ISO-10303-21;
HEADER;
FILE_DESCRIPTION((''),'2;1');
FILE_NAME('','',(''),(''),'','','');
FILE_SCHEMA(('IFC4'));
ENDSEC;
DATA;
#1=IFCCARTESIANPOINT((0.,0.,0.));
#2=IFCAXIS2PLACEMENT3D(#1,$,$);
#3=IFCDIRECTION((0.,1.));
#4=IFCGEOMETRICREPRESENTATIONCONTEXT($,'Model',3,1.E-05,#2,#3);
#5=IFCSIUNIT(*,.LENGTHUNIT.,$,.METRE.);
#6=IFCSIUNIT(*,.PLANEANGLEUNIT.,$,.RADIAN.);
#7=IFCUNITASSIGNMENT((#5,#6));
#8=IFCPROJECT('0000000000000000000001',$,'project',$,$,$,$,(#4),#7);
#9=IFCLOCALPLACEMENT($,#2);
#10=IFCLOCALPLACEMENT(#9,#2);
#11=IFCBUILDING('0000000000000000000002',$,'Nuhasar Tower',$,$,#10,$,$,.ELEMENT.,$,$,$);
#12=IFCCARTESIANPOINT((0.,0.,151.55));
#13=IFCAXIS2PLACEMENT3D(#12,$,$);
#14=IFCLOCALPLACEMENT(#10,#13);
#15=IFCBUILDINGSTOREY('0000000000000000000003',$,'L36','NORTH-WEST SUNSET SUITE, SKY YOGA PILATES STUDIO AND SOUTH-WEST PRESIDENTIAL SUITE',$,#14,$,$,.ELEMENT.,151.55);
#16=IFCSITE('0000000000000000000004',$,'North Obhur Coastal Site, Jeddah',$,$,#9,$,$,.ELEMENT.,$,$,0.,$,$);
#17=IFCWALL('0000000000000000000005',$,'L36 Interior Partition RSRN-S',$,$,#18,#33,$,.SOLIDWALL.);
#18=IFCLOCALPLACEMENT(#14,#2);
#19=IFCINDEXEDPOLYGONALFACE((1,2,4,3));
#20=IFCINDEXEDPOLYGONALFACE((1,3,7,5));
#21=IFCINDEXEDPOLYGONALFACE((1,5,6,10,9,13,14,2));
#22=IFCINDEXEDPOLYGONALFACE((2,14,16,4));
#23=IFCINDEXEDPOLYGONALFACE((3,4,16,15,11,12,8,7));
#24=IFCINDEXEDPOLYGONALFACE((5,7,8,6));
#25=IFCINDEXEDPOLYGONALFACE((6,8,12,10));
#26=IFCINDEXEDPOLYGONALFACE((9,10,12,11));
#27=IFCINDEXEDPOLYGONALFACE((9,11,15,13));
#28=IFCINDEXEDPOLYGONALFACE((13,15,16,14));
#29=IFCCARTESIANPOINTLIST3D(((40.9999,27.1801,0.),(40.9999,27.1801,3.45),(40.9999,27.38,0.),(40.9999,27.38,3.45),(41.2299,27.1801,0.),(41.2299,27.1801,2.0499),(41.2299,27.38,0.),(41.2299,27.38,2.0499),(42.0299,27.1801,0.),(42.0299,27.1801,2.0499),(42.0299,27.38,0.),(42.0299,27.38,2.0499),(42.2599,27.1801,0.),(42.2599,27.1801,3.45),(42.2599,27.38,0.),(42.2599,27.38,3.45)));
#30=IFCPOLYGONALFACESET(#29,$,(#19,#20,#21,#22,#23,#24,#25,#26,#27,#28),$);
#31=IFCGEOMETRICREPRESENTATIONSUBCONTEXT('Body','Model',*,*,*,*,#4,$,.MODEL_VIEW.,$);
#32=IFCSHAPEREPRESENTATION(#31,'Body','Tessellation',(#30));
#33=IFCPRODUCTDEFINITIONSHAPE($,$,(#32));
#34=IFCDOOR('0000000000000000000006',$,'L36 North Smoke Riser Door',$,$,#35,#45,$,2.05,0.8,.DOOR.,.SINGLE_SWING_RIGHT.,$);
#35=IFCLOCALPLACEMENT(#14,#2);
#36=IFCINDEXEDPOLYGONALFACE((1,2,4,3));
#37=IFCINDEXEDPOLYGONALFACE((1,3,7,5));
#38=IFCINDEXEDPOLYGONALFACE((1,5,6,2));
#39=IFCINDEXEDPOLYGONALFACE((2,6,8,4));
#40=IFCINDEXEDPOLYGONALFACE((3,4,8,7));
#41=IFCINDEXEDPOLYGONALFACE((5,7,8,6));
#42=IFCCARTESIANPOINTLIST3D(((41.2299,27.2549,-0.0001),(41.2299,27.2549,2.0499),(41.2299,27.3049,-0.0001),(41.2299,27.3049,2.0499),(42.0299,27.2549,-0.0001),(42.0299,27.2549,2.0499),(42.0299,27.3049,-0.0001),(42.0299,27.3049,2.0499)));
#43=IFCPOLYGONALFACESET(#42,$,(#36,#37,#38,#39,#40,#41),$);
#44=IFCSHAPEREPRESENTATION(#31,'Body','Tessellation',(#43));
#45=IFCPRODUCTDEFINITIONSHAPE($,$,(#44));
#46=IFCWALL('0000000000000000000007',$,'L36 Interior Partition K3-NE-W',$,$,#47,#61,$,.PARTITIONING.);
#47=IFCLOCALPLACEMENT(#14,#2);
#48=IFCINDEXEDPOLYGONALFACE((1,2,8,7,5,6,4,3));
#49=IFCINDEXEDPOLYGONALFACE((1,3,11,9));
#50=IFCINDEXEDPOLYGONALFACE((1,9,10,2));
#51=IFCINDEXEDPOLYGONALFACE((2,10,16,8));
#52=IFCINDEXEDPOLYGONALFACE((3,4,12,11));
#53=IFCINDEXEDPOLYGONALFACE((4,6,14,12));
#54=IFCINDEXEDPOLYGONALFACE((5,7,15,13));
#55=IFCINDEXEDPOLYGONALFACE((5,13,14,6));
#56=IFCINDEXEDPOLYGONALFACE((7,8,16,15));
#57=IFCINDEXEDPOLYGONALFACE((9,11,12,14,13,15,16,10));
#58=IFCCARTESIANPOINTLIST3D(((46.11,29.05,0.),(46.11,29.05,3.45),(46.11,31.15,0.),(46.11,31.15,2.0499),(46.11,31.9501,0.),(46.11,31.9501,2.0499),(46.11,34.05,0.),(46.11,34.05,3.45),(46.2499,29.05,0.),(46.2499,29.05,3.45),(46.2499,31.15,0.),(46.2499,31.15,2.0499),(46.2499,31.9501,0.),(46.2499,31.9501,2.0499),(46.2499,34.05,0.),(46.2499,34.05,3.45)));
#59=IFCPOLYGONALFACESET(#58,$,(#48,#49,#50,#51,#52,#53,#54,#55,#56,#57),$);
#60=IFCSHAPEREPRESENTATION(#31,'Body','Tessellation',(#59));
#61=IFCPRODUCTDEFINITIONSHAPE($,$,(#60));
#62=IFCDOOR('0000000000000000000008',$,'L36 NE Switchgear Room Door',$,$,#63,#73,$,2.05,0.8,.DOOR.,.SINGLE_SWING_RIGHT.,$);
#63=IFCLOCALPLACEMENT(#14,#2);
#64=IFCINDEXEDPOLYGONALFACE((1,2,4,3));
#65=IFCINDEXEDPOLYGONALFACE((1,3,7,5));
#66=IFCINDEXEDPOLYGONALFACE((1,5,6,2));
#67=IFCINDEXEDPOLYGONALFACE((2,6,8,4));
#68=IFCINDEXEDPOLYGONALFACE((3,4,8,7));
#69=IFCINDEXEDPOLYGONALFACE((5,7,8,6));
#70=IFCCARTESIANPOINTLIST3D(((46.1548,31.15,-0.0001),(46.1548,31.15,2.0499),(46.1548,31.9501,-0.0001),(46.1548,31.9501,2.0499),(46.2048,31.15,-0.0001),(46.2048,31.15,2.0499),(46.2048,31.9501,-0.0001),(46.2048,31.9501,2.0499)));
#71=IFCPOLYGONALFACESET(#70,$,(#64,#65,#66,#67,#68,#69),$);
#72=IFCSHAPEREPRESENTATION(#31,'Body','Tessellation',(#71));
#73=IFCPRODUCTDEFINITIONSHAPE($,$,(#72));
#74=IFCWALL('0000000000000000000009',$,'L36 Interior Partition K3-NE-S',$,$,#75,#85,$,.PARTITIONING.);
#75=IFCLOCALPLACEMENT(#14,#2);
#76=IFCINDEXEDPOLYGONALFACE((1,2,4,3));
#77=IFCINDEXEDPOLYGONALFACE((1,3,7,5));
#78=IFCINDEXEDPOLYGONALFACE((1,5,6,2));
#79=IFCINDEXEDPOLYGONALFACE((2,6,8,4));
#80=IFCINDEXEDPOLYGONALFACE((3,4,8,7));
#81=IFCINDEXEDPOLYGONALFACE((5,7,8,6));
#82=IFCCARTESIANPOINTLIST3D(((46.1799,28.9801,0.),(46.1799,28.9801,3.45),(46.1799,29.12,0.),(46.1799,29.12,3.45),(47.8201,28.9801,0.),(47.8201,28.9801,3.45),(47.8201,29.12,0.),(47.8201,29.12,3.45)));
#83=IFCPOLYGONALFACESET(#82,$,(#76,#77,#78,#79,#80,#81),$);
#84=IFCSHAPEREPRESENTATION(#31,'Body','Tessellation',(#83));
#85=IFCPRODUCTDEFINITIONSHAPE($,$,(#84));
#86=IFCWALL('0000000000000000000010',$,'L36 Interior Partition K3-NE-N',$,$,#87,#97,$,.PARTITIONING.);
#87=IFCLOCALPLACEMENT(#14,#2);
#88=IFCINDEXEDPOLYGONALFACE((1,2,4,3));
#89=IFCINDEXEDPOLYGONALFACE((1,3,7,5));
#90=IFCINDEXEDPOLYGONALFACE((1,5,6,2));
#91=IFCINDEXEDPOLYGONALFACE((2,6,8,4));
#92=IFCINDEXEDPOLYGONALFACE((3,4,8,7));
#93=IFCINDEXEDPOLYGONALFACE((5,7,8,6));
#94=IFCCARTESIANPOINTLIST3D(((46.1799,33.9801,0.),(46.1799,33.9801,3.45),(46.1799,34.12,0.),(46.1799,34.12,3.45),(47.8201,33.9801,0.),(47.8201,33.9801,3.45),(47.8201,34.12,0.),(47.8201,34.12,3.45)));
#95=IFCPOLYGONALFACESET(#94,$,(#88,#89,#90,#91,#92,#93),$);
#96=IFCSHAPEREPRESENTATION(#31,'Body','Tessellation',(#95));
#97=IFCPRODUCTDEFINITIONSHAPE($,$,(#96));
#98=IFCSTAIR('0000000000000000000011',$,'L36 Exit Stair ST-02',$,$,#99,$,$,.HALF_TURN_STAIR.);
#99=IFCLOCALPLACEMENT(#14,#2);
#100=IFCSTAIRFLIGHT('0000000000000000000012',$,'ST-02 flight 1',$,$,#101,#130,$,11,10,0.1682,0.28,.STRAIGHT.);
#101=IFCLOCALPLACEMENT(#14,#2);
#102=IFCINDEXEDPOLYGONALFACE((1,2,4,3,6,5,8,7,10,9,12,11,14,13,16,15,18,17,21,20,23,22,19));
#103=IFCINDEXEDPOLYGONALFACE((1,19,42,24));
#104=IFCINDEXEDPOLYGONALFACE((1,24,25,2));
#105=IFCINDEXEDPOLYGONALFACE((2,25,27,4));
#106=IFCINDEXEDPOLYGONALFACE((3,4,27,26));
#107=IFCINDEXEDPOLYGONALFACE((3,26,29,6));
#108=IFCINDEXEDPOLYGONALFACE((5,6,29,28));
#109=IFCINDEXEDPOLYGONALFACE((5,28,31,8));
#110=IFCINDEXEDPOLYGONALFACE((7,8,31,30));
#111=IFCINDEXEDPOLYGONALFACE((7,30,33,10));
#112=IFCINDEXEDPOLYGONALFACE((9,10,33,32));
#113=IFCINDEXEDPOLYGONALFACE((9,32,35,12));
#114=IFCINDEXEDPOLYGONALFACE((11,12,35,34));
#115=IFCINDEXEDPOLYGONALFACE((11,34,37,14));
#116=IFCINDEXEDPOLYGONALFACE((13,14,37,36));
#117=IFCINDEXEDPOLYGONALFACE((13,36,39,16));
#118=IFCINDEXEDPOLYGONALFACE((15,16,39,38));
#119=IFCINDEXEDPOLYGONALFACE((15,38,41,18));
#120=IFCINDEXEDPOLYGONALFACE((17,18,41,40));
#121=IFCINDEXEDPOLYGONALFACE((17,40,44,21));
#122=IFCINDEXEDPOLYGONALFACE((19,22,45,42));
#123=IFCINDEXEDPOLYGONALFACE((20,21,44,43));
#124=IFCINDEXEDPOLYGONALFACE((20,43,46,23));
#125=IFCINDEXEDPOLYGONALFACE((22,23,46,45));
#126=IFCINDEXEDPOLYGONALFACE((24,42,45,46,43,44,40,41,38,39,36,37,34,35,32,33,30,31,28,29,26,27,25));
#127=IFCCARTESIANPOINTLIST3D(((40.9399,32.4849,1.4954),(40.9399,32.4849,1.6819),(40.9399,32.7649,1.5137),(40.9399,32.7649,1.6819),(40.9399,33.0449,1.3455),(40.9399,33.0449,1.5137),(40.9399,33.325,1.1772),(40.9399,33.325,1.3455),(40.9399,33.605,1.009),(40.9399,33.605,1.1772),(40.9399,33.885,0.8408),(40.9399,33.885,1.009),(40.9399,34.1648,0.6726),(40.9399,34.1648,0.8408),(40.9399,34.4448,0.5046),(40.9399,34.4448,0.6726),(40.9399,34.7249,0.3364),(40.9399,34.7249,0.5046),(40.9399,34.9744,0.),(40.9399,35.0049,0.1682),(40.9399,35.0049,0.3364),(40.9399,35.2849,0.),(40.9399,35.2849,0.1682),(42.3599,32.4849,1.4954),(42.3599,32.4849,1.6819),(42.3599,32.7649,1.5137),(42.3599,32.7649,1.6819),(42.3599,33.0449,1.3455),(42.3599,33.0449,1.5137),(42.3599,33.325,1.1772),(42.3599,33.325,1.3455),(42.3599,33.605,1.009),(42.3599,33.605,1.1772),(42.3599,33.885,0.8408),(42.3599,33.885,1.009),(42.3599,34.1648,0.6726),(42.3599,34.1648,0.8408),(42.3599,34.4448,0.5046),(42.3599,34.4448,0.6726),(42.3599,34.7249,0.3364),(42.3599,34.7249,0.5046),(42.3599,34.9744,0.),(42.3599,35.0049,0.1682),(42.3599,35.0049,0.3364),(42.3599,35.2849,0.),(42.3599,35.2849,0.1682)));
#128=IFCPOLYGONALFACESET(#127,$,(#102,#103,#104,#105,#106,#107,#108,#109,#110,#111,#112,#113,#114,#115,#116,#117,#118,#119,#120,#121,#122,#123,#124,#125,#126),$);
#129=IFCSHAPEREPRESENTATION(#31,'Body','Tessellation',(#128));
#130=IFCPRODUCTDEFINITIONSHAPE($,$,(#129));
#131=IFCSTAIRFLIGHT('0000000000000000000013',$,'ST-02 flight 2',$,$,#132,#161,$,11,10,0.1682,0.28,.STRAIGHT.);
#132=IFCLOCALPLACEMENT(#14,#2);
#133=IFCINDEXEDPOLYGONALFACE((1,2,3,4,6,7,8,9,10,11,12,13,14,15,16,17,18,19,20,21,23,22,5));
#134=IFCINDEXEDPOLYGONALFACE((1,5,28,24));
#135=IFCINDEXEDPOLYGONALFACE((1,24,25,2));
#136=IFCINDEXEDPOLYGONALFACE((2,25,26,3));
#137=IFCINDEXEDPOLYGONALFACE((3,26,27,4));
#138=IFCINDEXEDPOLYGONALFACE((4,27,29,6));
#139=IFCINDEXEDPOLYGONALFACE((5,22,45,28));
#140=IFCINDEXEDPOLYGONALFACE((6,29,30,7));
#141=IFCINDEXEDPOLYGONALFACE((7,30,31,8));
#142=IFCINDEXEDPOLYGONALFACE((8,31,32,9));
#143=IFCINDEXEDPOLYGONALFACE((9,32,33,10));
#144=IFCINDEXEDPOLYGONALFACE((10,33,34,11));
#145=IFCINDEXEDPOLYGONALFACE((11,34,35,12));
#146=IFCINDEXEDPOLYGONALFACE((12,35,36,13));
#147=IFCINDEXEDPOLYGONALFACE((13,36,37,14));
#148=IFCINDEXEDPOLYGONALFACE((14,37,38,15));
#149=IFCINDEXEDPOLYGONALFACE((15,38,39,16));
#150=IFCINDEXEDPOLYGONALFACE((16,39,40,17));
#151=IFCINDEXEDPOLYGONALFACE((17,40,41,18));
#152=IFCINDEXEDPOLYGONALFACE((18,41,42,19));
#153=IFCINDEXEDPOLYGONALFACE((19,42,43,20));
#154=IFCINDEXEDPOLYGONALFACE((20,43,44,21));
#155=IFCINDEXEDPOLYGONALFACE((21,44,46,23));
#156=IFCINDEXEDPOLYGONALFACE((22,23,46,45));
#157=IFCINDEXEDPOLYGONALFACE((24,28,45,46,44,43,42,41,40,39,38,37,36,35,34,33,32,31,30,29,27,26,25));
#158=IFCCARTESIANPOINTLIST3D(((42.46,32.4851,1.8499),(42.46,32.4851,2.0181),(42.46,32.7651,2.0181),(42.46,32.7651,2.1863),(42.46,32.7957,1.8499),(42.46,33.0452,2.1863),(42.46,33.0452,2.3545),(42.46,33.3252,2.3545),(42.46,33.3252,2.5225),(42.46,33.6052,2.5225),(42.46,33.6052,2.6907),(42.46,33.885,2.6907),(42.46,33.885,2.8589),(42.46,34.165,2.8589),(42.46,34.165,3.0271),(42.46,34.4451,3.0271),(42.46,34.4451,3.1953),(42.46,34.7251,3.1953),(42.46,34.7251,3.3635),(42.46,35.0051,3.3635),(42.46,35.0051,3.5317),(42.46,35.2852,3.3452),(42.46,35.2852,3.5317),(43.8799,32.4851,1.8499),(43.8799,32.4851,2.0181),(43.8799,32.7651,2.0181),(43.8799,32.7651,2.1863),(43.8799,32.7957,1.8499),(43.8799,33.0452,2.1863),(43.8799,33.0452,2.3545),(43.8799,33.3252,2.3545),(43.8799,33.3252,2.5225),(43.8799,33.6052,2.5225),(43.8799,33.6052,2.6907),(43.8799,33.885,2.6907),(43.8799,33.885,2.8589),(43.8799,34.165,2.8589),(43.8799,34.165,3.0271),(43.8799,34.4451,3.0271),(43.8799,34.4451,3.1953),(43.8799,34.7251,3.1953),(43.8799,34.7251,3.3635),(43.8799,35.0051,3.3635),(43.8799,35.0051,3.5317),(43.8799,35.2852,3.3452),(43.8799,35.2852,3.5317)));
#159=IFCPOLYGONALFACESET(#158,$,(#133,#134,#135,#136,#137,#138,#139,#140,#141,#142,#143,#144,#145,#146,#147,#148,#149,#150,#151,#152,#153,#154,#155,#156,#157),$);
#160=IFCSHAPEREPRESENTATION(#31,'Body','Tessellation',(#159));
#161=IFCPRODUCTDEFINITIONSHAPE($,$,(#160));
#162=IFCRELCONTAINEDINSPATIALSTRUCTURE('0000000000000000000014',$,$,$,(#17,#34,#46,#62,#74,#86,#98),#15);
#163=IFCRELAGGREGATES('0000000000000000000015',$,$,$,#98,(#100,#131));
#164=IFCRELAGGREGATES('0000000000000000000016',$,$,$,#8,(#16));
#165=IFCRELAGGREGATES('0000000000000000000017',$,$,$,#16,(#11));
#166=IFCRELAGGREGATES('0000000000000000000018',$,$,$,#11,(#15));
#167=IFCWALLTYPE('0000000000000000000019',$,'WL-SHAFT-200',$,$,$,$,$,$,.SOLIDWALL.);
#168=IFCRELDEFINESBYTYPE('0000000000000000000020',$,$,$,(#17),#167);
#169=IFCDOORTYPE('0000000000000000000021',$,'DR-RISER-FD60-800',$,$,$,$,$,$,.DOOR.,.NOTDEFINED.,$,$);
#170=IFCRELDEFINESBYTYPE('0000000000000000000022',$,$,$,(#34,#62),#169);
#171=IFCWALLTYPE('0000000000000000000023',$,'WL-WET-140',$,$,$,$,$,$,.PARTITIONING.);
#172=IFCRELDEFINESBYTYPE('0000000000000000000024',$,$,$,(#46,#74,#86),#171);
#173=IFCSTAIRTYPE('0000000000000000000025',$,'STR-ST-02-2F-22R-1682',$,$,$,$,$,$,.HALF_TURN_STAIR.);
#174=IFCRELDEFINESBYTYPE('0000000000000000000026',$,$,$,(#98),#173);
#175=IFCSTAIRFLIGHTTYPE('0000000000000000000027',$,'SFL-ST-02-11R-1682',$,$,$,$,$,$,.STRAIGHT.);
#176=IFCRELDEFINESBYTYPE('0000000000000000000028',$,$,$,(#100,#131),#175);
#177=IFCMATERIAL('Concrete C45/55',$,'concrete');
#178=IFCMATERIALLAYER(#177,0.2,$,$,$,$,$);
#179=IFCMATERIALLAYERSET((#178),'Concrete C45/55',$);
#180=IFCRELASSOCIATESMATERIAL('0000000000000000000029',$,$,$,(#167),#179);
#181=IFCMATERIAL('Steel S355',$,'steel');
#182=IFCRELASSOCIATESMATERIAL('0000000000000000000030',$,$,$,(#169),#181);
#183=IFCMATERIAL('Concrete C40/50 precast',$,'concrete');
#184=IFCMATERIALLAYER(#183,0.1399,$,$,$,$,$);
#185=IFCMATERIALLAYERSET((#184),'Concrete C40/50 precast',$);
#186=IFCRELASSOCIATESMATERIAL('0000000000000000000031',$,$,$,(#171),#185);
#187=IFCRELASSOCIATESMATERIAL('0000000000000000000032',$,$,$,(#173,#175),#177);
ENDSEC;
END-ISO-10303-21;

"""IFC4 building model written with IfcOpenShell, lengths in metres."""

from ifc_helpers import new_model, si_unit, direction, frame, frame_2d, origin, place, context, subcontext, project, spatial, polyline, rectangle, outline, extrude, material, layer, layer_set, type_object, element, fill, aggregate, save


model = new_model("IFC4")

# Units and contexts
model_context = context("Model", 3, precision=1e-05, world=origin(), true_north=direction((0.0, 1.0)))
body_context = subcontext(model_context, "Body", "Model", "MODEL_VIEW")
ifc_project = project(units=[si_unit("LENGTHUNIT", "METRE"), si_unit("PLANEANGLEUNIT", "RADIAN")], contexts=[model_context])

# Site, building, storey
site_placement = place(None, origin())
site = spatial("IfcSite", under=ifc_project, at=site_placement, Name="North Obhur Coastal Site, Jeddah", CompositionType="ELEMENT", RefElevation=0.0)
building_placement = place(site_placement, origin())
building = spatial("IfcBuilding", under=site, at=building_placement, Name="Nuhasar Tower", CompositionType="ELEMENT")
storey_placement = place(building_placement, frame((0.0, 0.0, 151.55)))
storey = spatial("IfcBuildingStorey", under=building, at=storey_placement, Name="L36", Description="NORTH-WEST SUNSET SUITE, SKY YOGA PILATES STUDIO AND SOUTH-WEST PRESIDENTIAL SUITE", CompositionType="ELEMENT", Elevation=151.55)

# Shared definitions
ifc_material_1 = material(Name="Steel S355", Category="steel")

# Shared definitions
ifc_material_2 = material(Name="Concrete C45/55", Category="concrete")

# Shared definitions
ifc_layer_1 = layer(ifc_material_2, 0.2)
ifc_layer_set_1 = layer_set([ifc_layer_1], Name="Concrete C45/55")
wall_type_1 = type_object("IfcWallType", Name="WL-SHAFT-200", PredefinedType="SOLIDWALL", material=ifc_layer_set_1)

# Walls, openings, doors
wall_1_placement = place(storey_placement, frame((41.0, 27.28, 0.0), z_axis=(0.0, 0.0, 1.0), x_axis=(1.0, 0.0, 0.0)))
wall_1 = element("IfcWall", 1, at=wall_1_placement, inside=storey, type_object=wall_type_1, Name="L36 Interior Partition RSRN-S", PredefinedType="SOLIDWALL", context=body_context, shape_type="SweptSolid", body=[
    extrude(rectangle(XDim=1.26, YDim=0.2, at=frame_2d((0.6299, 0.0))), origin(), (0.0, 0.0, 1.0), 3.45),
])
opening_1_placement = place(wall_1_placement, frame((0.23, 0.0, 0.0)))
opening_1 = element("IfcOpeningElement", 2, at=opening_1_placement, cuts=wall_1, PredefinedType="OPENING", context=body_context, shape_type="SweptSolid", body=[
    extrude(rectangle(XDim=0.8, YDim=2.05, at=frame_2d((0.3999, 1.0249))), frame((0.0, 0.1099, 0.0), z_axis=(0.0, -1.0, 0.0), x_axis=(1.0, 0.0, 0.0)), (0.0, 0.0, 1.0), 0.22),
])
door_type_1 = type_object("IfcDoorType", Name="DR-RISER-FD60-800", OperationType="NOTDEFINED", PredefinedType="DOOR", material=ifc_material_1)
door_1_placement = place(opening_1_placement, origin())
door_1 = element("IfcDoor", 3, at=door_1_placement, inside=storey, type_object=door_type_1, Name="L36 North Smoke Riser Door", OperationType="SINGLE_SWING_RIGHT", OverallHeight=2.05, OverallWidth=0.8, PredefinedType="DOOR", context=body_context, shape_type="SweptSolid", body=[
    extrude(rectangle(XDim=0.8, YDim=2.05, at=frame_2d((0.3999, 1.0249))), frame((0.0, 0.0249, 0.0), z_axis=(0.0, -1.0, 0.0), x_axis=(1.0, 0.0, 0.0)), (0.0, 0.0, 1.0), 0.05),
])
fill(opening_1, door_1)
ifc_material_3 = material(Name="Concrete C40/50 precast", Category="concrete")
ifc_layer_2 = layer(ifc_material_3, 0.1399)
ifc_layer_set_2 = layer_set([ifc_layer_2], Name="Concrete C40/50 precast")
wall_type_2 = type_object("IfcWallType", Name="WL-WET-140", PredefinedType="PARTITIONING", material=ifc_layer_set_2)
wall_2_placement = place(storey_placement, frame((46.1799, 34.05, 0.0), z_axis=(0.0, 0.0, 1.0), x_axis=(0.0, -1.0, 0.0)))
wall_2 = element("IfcWall", 4, at=wall_2_placement, inside=storey, type_object=wall_type_2, Name="L36 Interior Partition K3-NE-W", PredefinedType="PARTITIONING", context=body_context, shape_type="SweptSolid", body=[
    extrude(rectangle(XDim=5.0, YDim=0.1399, at=frame_2d((2.5, 0.0))), origin(), (0.0, 0.0, 1.0), 3.45),
])
opening_2_placement = place(wall_2_placement, frame((2.1001, 0.0, 0.0)))
opening_2 = element("IfcOpeningElement", 5, at=opening_2_placement, cuts=wall_2, PredefinedType="OPENING", context=body_context, shape_type="SweptSolid", body=[
    extrude(rectangle(XDim=0.8, YDim=2.05, at=frame_2d((0.3999, 1.0249))), frame((0.0, 0.0801, 0.0), z_axis=(0.0, -1.0, 0.0), x_axis=(1.0, 0.0, 0.0)), (0.0, 0.0, 1.0), 0.1599),
])
door_2_placement = place(opening_2_placement, origin())
door_2 = element("IfcDoor", 6, at=door_2_placement, inside=storey, type_object=door_type_1, Name="L36 NE Switchgear Room Door", OperationType="SINGLE_SWING_RIGHT", OverallHeight=2.05, OverallWidth=0.8, PredefinedType="DOOR", context=body_context, shape_type="SweptSolid", body=[
    extrude(rectangle(XDim=0.8, YDim=2.05, at=frame_2d((0.3999, 1.0249))), frame((0.0, 0.0249, 0.0), z_axis=(0.0, -1.0, 0.0), x_axis=(1.0, 0.0, 0.0)), (0.0, 0.0, 1.0), 0.05),
])
fill(opening_2, door_2)

# Walls
for number, where, z_axis, x_axis, name in (
    (7, (46.1799, 29.05, 0.0), (0.0, 0.0, 1.0), (1.0, 0.0, 0.0), "L36 Interior Partition K3-NE-S"),
    (8, (46.1799, 34.05, 0.0), (0.0, 0.0, 1.0), (1.0, 0.0, 0.0), "L36 Interior Partition K3-NE-N"),
):
    element("IfcWall", number, at=place(storey_placement, frame(where, z_axis=z_axis, x_axis=x_axis)), inside=storey, type_object=wall_type_2, Name=name, PredefinedType="PARTITIONING", context=body_context, shape_type="SweptSolid", body=[
        extrude(rectangle(XDim=1.6401, YDim=0.1399, at=frame_2d((0.8201, 0.0))), origin(), (0.0, 0.0, 1.0), 3.45),
    ])

# Stair, stair flights
stair_type_1 = type_object("IfcStairType", Name="STR-ST-02-2F-22R-1682", PredefinedType="HALF_TURN_STAIR", material=ifc_material_2)
stair_1_placement = place(storey_placement, origin())
stair_1 = element("IfcStair", 9, at=stair_1_placement, inside=storey, type_object=stair_type_1, Name="L36 Exit Stair ST-02", PredefinedType="HALF_TURN_STAIR")
stair_flight_type_1 = type_object("IfcStairFlightType", Name="SFL-ST-02-11R-1682", PredefinedType="STRAIGHT", material=ifc_material_2)
stair_flight_1_placement = place(storey_placement, frame((41.6499, 35.2849, 0.0), z_axis=(0.0, 0.0, 1.0), x_axis=(0.0, -1.0, 0.0)))
stair_flight_1 = element("IfcStairFlight", 10, at=stair_flight_1_placement, type_object=stair_flight_type_1, Name="ST-02 flight 1", NumberOfRisers=11, NumberOfTreads=10, PredefinedType="STRAIGHT", RiserHeight=0.1682, TreadLength=0.28, context=body_context, shape_type="SweptSolid", body=[
    extrude(outline(polyline([(0.0, 0.0), (0.0, 0.1682), (0.28, 0.1682), (0.28, 0.3364), (0.5601, 0.3364), (0.5601, 0.5046), (0.8401, 0.5046), (0.8401, 0.6726), (1.1201, 0.6726), (1.1201, 0.8408), (1.3999, 0.8408), (1.3999, 1.009), (1.6799, 1.009), (1.6799, 1.1772), (1.96, 1.1772), (1.96, 1.3455), (2.24, 1.3455), (2.24, 1.5137), (2.52, 1.5137), (2.52, 1.6819), (2.8, 1.6819), (2.8, 1.8501), (2.8, 1.4954), (0.3105, 0.0), (0.0, 0.0)])), frame((0.0, 0.71, 0.0), z_axis=(0.0, -1.0, 0.0), x_axis=(1.0, 0.0, 0.0)), (0.0, 0.0, 1.0), 1.4199),
])
stair_flight_2_placement = place(storey_placement, frame((43.1699, 32.4851, 1.8499), z_axis=(0.0, 0.0, 1.0), x_axis=(0.0, 1.0, 0.0)))
stair_flight_2 = element("IfcStairFlight", 11, at=stair_flight_2_placement, type_object=stair_flight_type_1, Name="ST-02 flight 2", NumberOfRisers=11, NumberOfTreads=10, PredefinedType="STRAIGHT", RiserHeight=0.1682, TreadLength=0.28, context=body_context, shape_type="SweptSolid", body=[
    extrude(outline(polyline([(0.0, 0.0), (0.0, 0.1682), (0.28, 0.1682), (0.28, 0.3364), (0.5601, 0.3364), (0.5601, 0.5046), (0.8401, 0.5046), (0.8401, 0.6726), (1.1201, 0.6726), (1.1201, 0.8408), (1.3999, 0.8408), (1.3999, 1.009), (1.6799, 1.009), (1.6799, 1.1772), (1.96, 1.1772), (1.96, 1.3455), (2.24, 1.3455), (2.24, 1.5137), (2.52, 1.5137), (2.52, 1.6819), (2.8, 1.6819), (2.8, 1.8501), (2.8, 1.4954), (0.3105, 0.0), (0.0, 0.0)])), frame((0.0, 0.71, 0.0), z_axis=(0.0, -1.0, 0.0), x_axis=(1.0, 0.0, 0.0)), (0.0, 0.0, 1.0), 1.4199),
])
aggregate(stair_1, [stair_flight_1, stair_flight_2])

save(model, "model.ifc")
